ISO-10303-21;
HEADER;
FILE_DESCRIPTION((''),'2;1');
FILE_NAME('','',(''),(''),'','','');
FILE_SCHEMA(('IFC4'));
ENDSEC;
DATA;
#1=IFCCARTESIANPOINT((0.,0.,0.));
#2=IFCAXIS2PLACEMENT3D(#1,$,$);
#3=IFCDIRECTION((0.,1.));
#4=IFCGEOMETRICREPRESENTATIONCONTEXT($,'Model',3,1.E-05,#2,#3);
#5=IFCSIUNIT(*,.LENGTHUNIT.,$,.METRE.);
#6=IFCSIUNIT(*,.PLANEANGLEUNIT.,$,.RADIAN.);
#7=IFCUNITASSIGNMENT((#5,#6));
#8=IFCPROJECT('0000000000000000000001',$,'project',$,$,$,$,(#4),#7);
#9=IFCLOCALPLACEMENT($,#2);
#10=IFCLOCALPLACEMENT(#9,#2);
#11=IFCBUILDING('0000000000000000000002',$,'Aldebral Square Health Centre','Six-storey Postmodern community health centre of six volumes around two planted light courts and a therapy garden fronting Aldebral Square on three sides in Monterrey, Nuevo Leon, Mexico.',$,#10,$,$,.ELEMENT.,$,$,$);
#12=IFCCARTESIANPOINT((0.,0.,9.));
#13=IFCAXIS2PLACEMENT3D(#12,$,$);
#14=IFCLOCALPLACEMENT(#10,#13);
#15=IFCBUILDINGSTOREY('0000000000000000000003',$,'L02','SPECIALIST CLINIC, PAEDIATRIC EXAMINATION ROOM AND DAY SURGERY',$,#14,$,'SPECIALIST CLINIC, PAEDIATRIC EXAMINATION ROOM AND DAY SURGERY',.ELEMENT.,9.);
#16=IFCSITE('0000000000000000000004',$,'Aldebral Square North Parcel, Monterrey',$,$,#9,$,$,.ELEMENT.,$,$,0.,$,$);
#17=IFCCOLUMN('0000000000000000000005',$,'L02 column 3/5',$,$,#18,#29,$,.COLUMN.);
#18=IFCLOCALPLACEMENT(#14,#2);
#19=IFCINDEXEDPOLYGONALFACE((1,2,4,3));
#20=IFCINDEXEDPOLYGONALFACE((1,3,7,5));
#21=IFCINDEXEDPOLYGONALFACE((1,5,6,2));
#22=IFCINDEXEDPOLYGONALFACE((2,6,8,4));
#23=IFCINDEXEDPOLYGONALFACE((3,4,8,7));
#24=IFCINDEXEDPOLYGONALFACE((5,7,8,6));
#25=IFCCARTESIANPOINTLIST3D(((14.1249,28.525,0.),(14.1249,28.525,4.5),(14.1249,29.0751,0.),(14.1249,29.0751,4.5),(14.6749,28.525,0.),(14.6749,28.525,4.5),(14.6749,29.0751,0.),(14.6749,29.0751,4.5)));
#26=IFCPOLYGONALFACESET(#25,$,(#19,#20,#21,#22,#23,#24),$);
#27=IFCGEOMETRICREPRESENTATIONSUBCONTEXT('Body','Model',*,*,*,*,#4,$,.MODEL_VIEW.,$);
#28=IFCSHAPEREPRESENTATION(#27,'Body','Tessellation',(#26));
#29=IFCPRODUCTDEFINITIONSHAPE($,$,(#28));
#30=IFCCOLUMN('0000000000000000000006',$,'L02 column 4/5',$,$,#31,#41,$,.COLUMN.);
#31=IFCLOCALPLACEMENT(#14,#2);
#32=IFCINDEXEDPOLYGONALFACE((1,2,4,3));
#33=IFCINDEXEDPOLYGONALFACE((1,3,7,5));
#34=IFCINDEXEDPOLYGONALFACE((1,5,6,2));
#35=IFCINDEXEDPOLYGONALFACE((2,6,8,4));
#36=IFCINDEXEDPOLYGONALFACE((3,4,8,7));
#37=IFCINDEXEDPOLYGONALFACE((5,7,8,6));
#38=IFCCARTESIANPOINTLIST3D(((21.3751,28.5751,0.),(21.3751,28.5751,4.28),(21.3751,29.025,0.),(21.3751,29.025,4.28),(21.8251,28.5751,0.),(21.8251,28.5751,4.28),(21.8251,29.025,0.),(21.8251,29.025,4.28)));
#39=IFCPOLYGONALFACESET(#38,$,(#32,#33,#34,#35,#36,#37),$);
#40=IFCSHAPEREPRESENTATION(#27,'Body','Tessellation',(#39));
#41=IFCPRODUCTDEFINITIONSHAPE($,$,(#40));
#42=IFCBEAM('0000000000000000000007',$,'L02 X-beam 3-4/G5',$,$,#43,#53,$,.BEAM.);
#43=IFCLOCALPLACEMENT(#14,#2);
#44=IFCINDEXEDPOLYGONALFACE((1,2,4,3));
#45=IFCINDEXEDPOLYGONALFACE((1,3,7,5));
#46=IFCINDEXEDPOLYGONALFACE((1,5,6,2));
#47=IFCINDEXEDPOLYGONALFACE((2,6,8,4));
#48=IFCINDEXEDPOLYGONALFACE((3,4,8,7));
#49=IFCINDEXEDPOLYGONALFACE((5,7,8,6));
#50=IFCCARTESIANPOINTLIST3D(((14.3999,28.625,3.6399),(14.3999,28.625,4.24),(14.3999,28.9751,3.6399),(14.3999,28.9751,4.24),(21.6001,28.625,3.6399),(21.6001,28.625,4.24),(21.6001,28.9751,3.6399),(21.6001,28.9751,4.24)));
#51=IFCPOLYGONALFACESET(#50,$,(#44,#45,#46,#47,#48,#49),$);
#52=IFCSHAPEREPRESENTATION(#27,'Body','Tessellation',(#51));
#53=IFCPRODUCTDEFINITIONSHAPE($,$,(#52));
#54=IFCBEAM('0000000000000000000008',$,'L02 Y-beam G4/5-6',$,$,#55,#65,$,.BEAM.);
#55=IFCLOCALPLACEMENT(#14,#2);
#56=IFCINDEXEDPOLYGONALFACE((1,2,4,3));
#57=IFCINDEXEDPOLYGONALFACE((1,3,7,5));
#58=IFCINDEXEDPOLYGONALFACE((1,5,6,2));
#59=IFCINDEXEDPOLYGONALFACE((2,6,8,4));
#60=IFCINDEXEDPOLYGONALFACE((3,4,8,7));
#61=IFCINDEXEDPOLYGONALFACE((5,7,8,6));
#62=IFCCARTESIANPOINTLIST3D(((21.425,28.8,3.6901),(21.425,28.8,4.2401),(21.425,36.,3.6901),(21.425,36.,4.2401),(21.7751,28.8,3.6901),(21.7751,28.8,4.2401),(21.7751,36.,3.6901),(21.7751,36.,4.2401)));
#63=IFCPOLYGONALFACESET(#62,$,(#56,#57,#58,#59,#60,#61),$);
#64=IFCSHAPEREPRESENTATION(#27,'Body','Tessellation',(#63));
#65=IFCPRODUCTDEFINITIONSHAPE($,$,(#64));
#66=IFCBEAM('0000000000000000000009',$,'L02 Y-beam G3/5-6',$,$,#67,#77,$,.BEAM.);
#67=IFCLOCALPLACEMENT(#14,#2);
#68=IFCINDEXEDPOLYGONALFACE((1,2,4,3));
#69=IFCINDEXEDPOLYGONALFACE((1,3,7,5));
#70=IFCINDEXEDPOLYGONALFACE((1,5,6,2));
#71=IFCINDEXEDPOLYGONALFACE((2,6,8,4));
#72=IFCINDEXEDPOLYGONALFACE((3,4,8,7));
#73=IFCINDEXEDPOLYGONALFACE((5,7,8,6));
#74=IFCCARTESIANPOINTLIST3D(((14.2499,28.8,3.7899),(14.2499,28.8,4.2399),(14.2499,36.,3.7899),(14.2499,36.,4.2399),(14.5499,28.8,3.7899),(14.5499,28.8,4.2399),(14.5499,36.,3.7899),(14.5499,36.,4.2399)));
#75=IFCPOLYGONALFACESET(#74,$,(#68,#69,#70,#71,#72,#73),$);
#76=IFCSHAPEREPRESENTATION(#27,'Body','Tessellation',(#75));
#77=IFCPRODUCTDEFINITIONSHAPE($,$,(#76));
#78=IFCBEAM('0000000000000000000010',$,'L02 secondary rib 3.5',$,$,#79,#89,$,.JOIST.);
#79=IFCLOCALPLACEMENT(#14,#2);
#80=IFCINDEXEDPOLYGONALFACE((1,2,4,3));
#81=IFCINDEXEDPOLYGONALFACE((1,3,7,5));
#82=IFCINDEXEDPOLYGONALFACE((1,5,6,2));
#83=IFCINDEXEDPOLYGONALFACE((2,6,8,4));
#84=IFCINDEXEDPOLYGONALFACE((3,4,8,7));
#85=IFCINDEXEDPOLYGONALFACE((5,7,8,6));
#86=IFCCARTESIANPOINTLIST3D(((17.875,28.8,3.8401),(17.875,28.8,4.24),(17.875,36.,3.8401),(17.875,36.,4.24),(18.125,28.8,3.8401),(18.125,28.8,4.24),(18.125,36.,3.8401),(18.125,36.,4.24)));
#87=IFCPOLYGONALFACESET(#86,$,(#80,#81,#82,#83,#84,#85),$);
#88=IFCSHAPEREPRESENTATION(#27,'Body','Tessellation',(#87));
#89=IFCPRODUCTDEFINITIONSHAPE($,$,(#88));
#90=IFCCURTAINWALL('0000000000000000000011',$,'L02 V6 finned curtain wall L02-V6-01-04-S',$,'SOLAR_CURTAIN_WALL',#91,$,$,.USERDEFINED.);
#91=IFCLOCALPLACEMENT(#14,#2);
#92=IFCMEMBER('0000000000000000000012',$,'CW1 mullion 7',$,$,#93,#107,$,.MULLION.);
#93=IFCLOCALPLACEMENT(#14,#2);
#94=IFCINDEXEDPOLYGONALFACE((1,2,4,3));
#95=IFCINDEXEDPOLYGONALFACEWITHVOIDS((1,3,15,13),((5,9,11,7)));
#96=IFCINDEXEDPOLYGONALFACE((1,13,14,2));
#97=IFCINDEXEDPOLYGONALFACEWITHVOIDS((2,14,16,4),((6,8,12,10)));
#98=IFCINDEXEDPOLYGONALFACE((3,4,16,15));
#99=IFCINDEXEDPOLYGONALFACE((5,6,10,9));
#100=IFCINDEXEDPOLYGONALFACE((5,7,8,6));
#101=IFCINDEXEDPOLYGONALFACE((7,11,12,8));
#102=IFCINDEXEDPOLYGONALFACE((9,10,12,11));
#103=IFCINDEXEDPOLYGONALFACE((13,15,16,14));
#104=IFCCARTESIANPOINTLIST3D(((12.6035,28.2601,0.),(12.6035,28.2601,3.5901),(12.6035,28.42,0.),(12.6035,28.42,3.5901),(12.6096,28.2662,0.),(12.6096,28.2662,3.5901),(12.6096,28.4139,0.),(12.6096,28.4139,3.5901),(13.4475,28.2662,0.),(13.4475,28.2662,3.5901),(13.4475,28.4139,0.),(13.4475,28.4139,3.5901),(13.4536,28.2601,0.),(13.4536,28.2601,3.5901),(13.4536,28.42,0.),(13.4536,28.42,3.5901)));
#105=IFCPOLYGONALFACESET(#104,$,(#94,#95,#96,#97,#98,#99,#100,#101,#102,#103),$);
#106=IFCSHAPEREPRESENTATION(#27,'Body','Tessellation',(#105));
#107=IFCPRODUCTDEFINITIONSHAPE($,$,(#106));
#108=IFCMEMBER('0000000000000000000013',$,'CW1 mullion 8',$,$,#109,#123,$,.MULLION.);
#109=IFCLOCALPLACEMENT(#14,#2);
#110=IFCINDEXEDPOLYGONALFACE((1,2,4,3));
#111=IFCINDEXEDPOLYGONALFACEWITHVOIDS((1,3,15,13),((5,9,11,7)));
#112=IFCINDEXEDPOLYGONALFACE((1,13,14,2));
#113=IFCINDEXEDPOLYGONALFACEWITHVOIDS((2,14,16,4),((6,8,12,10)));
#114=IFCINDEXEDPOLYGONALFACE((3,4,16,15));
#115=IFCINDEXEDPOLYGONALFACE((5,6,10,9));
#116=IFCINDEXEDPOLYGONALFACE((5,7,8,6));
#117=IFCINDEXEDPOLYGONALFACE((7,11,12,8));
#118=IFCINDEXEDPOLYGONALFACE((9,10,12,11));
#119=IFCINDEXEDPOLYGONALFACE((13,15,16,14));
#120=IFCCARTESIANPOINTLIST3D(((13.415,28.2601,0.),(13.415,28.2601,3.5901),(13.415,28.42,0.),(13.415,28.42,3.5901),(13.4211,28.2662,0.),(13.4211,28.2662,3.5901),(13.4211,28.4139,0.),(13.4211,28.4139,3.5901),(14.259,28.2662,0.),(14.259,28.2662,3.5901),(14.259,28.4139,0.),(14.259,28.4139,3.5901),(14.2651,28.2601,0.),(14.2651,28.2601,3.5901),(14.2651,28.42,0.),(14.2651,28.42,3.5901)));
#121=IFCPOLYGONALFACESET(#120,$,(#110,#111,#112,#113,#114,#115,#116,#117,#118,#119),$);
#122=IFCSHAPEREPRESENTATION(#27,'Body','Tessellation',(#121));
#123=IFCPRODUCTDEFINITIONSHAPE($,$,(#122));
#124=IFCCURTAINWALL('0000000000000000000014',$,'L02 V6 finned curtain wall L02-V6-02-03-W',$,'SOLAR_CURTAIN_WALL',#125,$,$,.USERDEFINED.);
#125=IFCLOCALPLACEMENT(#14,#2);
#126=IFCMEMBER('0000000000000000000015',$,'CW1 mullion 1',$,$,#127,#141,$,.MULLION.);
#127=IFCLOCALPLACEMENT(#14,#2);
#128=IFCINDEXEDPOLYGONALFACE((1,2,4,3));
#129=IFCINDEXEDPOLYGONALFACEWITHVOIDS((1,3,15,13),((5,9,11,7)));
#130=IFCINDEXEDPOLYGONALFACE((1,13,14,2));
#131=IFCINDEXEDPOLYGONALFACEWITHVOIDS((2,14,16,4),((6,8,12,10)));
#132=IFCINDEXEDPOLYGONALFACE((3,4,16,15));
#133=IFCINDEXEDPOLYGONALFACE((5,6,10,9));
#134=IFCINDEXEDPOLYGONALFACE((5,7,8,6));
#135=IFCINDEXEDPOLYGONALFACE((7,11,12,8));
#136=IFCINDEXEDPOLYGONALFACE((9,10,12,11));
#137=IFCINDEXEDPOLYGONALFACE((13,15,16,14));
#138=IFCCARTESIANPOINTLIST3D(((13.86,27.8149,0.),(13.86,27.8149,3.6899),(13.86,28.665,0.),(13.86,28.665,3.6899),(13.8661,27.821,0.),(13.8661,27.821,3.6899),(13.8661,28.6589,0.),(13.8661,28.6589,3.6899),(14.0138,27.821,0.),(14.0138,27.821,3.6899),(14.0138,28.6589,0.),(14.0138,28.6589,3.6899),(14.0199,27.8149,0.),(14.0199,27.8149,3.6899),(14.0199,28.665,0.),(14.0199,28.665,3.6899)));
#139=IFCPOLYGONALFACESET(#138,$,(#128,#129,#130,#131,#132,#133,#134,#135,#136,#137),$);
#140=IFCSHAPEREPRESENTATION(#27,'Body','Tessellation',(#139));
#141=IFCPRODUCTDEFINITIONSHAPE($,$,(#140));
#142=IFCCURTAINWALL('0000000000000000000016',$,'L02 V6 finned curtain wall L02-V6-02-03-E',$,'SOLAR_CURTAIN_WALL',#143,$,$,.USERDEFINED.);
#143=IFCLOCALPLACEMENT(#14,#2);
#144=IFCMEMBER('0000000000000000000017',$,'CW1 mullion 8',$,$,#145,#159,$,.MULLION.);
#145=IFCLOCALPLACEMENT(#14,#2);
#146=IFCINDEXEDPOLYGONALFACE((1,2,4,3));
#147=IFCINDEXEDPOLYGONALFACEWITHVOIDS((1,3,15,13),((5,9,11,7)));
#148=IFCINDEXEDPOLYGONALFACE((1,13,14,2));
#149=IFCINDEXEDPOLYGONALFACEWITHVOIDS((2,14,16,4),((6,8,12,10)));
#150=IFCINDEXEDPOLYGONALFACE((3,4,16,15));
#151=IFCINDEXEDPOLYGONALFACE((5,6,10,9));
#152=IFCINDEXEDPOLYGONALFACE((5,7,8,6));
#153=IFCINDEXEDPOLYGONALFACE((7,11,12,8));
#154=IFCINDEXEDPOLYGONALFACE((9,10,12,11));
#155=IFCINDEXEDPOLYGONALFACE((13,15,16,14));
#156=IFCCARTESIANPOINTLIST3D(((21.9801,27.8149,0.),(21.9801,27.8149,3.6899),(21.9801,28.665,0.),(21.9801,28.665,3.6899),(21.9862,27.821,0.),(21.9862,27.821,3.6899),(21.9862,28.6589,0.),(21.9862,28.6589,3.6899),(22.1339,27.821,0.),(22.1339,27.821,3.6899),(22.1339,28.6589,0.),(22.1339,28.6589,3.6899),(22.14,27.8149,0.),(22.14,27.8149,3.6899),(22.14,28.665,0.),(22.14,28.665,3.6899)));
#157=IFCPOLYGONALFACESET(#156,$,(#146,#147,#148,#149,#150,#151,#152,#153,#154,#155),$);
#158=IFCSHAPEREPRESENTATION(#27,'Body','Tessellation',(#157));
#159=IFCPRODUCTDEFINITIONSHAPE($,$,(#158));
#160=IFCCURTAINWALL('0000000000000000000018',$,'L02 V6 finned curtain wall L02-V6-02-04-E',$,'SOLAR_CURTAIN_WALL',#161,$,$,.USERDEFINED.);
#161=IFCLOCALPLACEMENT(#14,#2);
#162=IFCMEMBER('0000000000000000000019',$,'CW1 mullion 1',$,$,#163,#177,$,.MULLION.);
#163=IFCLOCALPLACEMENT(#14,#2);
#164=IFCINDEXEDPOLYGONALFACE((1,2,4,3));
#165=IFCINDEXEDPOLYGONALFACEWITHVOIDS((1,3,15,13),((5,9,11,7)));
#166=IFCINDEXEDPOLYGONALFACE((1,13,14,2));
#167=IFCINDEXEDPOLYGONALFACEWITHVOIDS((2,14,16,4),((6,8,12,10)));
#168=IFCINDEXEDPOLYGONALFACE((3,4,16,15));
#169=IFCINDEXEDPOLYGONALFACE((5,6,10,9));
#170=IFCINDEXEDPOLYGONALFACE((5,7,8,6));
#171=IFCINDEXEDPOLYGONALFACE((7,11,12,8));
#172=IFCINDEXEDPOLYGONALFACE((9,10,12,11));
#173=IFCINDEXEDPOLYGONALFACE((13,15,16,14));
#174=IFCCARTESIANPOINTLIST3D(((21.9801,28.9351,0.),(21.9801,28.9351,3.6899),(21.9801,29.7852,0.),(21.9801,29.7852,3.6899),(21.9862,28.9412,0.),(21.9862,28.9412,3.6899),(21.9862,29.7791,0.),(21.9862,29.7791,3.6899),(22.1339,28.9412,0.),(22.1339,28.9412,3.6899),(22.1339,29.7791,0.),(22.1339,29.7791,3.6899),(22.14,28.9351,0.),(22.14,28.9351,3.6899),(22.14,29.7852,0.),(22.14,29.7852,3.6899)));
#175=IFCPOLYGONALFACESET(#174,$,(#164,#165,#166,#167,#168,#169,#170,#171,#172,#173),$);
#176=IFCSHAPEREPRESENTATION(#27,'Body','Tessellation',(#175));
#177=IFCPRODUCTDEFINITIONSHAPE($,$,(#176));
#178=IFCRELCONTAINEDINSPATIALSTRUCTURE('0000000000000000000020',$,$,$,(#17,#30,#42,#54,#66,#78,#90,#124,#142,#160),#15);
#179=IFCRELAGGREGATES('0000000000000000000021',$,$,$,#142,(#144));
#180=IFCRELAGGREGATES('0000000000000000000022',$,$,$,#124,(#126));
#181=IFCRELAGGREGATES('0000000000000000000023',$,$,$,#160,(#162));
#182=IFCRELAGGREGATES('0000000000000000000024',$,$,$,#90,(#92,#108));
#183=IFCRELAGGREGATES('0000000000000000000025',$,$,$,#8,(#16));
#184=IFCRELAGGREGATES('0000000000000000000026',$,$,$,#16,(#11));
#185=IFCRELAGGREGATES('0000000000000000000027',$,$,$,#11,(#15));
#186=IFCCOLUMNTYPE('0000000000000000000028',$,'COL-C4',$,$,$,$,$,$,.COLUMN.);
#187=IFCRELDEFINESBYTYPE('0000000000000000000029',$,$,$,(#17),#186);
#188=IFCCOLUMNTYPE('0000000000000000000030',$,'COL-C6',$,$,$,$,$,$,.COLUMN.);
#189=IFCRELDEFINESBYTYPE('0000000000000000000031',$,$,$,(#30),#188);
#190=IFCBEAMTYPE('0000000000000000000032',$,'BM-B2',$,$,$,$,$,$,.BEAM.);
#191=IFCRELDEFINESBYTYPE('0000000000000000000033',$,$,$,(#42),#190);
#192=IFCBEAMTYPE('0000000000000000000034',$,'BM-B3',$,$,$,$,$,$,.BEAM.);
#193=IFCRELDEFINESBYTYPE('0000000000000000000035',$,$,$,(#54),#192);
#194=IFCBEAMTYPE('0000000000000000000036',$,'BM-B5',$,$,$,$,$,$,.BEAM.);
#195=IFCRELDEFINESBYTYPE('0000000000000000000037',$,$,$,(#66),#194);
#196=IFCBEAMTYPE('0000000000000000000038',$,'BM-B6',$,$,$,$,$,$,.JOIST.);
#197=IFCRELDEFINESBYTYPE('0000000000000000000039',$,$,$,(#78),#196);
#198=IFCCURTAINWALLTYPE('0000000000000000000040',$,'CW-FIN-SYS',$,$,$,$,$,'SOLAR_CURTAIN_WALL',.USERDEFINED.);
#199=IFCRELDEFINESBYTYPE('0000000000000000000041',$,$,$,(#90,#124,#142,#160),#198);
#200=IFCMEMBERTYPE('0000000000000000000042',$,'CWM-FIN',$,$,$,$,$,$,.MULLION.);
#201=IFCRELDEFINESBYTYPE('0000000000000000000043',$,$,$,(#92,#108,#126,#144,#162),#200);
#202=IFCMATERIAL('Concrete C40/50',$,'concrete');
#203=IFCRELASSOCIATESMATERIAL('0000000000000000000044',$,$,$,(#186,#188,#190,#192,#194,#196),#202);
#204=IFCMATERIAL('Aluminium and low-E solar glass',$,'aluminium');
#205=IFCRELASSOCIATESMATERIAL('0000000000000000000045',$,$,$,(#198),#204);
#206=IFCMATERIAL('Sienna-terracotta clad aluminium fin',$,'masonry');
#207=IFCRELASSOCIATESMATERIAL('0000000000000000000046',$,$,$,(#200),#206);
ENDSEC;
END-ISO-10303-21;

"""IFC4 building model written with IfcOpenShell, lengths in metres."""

from ifc_helpers import new_model, si_unit, direction, frame, origin, origin_2d, place, context, subcontext, project, spatial, rectangle, hollow_rectangle, extrude, material, material_profile, profile_set, type_object, element, aggregate, save


model = new_model("IFC4")

# Units and contexts
model_context = context("Model", 3, precision=1e-05, world=origin(), true_north=direction((0.0, 1.0)))
body_context = subcontext(model_context, "Body", "Model", "MODEL_VIEW")
ifc_project = project(units=[si_unit("LENGTHUNIT", "METRE"), si_unit("PLANEANGLEUNIT", "RADIAN")], contexts=[model_context])

# Site, building, storey
site_placement = place(None, origin())
site = spatial("IfcSite", under=ifc_project, at=site_placement, Name="Aldebral Square North Parcel, Monterrey", CompositionType="ELEMENT", RefElevation=0.0)
building_placement = place(site_placement, origin())
building = spatial("IfcBuilding", under=site, at=building_placement, Name="Aldebral Square Health Centre", Description="Six-storey Postmodern community health centre of six volumes around two planted light courts and a therapy garden fronting Aldebral Square on three sides in Monterrey, Nuevo Leon, Mexico.", CompositionType="ELEMENT")
storey_placement = place(building_placement, frame((0.0, 0.0, 9.0)))
storey = spatial("IfcBuildingStorey", under=building, at=storey_placement, Name="L02", Description="SPECIALIST CLINIC, PAEDIATRIC EXAMINATION ROOM AND DAY SURGERY", LongName="SPECIALIST CLINIC, PAEDIATRIC EXAMINATION ROOM AND DAY SURGERY", CompositionType="ELEMENT", Elevation=9.0)

# Columns
ifc_material_1 = material(Name="Concrete C40/50", Category="concrete")
ifc_material_profile_1 = material_profile(ifc_material_1, rectangle(XDim=0.55, YDim=0.55, at=origin_2d()), Name="RC 550x550")
ifc_profile_set_1 = profile_set([ifc_material_profile_1], Name="Concrete C40/50")
column_type_1 = type_object("IfcColumnType", Name="COL-C4", PredefinedType="COLUMN", material=ifc_profile_set_1)
column_1_placement = place(storey_placement, frame((14.3999, 28.8, 0.0), z_axis=(0.0, 0.0, 1.0), x_axis=(1.0, 0.0, 0.0)))
element("IfcColumn", 1, at=column_1_placement, inside=storey, type_object=column_type_1, Name="L02 column 3/5", PredefinedType="COLUMN", context=body_context, shape_type="SweptSolid", body=[
    extrude(rectangle(XDim=0.55, YDim=0.55, at=origin_2d()), origin(), (0.0, 0.0, 1.0), 4.5),
])
ifc_material_profile_2 = material_profile(ifc_material_1, rectangle(XDim=0.45, YDim=0.45, at=origin_2d()), Name="RC 450x450")
ifc_profile_set_2 = profile_set([ifc_material_profile_2], Name="Concrete C40/50")
column_type_2 = type_object("IfcColumnType", Name="COL-C6", PredefinedType="COLUMN", material=ifc_profile_set_2)
column_2_placement = place(storey_placement, frame((21.6001, 28.8, 0.0), z_axis=(0.0, 0.0, 1.0), x_axis=(1.0, 0.0, 0.0)))
element("IfcColumn", 2, at=column_2_placement, inside=storey, type_object=column_type_2, Name="L02 column 4/5", PredefinedType="COLUMN", context=body_context, shape_type="SweptSolid", body=[
    extrude(rectangle(XDim=0.45, YDim=0.45, at=origin_2d()), origin(), (0.0, 0.0, 1.0), 4.28),
])

# Beams
ifc_material_profile_3 = material_profile(ifc_material_1, rectangle(XDim=0.3501, YDim=0.6001, at=origin_2d()), Name="RC 350x600")
ifc_profile_set_3 = profile_set([ifc_material_profile_3], Name="Concrete C40/50")
beam_type_1 = type_object("IfcBeamType", Name="BM-B2", PredefinedType="BEAM", material=ifc_profile_set_3)
beam_1_placement = place(storey_placement, frame((14.3999, 28.8, 3.9399), z_axis=(1.0, 0.0, 0.0), x_axis=(0.0, 1.0, 0.0)))
element("IfcBeam", 3, at=beam_1_placement, inside=storey, type_object=beam_type_1, Name="L02 X-beam 3-4/G5", PredefinedType="BEAM", context=body_context, shape_type="SweptSolid", body=[
    extrude(rectangle(XDim=0.3501, YDim=0.6001, at=origin_2d()), origin(), (0.0, 0.0, 1.0), 7.2002),
])
ifc_material_profile_4 = material_profile(ifc_material_1, rectangle(XDim=0.3501, YDim=0.55, at=origin_2d()), Name="RC 350x550")
ifc_profile_set_4 = profile_set([ifc_material_profile_4], Name="Concrete C40/50")
beam_type_2 = type_object("IfcBeamType", Name="BM-B3", PredefinedType="BEAM", material=ifc_profile_set_4)
beam_2_placement = place(storey_placement, frame((21.6001, 28.8, 3.9651), z_axis=(0.0, 1.0, 0.0), x_axis=(-1.0, 0.0, 0.0)))
element("IfcBeam", 4, at=beam_2_placement, inside=storey, type_object=beam_type_2, Name="L02 Y-beam G4/5-6", PredefinedType="BEAM", context=body_context, shape_type="SweptSolid", body=[
    extrude(rectangle(XDim=0.3501, YDim=0.55, at=origin_2d()), origin(), (0.0, 0.0, 1.0), 7.2),
])
ifc_material_profile_5 = material_profile(ifc_material_1, rectangle(XDim=0.3, YDim=0.45, at=origin_2d()), Name="RC 300x450")
ifc_profile_set_5 = profile_set([ifc_material_profile_5], Name="Concrete C40/50")
beam_type_3 = type_object("IfcBeamType", Name="BM-B5", PredefinedType="BEAM", material=ifc_profile_set_5)
beam_3_placement = place(storey_placement, frame((14.3999, 28.8, 4.0149), z_axis=(0.0, 1.0, 0.0), x_axis=(-1.0, 0.0, 0.0)))
element("IfcBeam", 5, at=beam_3_placement, inside=storey, type_object=beam_type_3, Name="L02 Y-beam G3/5-6", PredefinedType="BEAM", context=body_context, shape_type="SweptSolid", body=[
    extrude(rectangle(XDim=0.3, YDim=0.45, at=origin_2d()), origin(), (0.0, 0.0, 1.0), 7.2),
])
ifc_material_profile_6 = material_profile(ifc_material_1, rectangle(XDim=0.25, YDim=0.3999, at=origin_2d()), Name="RC 250x400")
ifc_profile_set_6 = profile_set([ifc_material_profile_6], Name="Concrete C40/50")
beam_type_4 = type_object("IfcBeamType", Name="BM-B6", PredefinedType="JOIST", material=ifc_profile_set_6)
beam_4_placement = place(storey_placement, frame((18.0, 28.8, 4.04), z_axis=(0.0, 1.0, 0.0), x_axis=(-1.0, 0.0, 0.0)))
element("IfcBeam", 6, at=beam_4_placement, inside=storey, type_object=beam_type_4, Name="L02 secondary rib 3.5", PredefinedType="JOIST", context=body_context, shape_type="SweptSolid", body=[
    extrude(rectangle(XDim=0.25, YDim=0.3999, at=origin_2d()), origin(), (0.0, 0.0, 1.0), 7.2),
])

# Curtain wall, members
ifc_material_2 = material(Name="Aluminium and low-E solar glass", Category="aluminium")
curtain_wall_type = type_object("IfcCurtainWallType", Name="CW-FIN-SYS", ElementType="SOLAR_CURTAIN_WALL", PredefinedType="USERDEFINED", material=ifc_material_2)
curtain_wall_1_placement = place(storey_placement, origin())
curtain_wall_1 = element("IfcCurtainWall", 7, at=curtain_wall_1_placement, inside=storey, type_object=curtain_wall_type, Name="L02 V6 finned curtain wall L02-V6-01-04-S", ObjectType="SOLAR_CURTAIN_WALL", PredefinedType="USERDEFINED")
ifc_material_3 = material(Name="Sienna-terracotta clad aluminium fin", Category="masonry")
ifc_material_profile_7 = material_profile(ifc_material_3, hollow_rectangle(XDim=0.1599, YDim=0.8501, WallThickness=0.0061, at=origin_2d()), Name="FIN 160x850x6")
ifc_profile_set_7 = profile_set([ifc_material_profile_7], Name="Sienna-terracotta clad aluminium fin")
member_type_1 = type_object("IfcMemberType", Name="CWM-FIN", PredefinedType="MULLION", material=ifc_profile_set_7)
member_1_placement = place(storey_placement, frame((13.0286, 28.3401, 0.0), z_axis=(0.0, 0.0, 1.0), x_axis=(0.0, 1.0, 0.0)))
member_1 = element("IfcMember", 8, at=member_1_placement, type_object=member_type_1, Name="CW1 mullion 7", PredefinedType="MULLION", context=body_context, shape_type="SweptSolid", body=[
    extrude(hollow_rectangle(XDim=0.1599, YDim=0.8501, WallThickness=0.0061, at=origin_2d()), origin(), (0.0, 0.0, 1.0), 3.5901),
])
member_2_placement = place(storey_placement, frame((13.8401, 28.3401, 0.0), z_axis=(0.0, 0.0, 1.0), x_axis=(0.0, 1.0, 0.0)))
member_2 = element("IfcMember", 9, at=member_2_placement, type_object=member_type_1, Name="CW1 mullion 8", PredefinedType="MULLION", context=body_context, shape_type="SweptSolid", body=[
    extrude(hollow_rectangle(XDim=0.1599, YDim=0.8501, WallThickness=0.0061, at=origin_2d()), origin(), (0.0, 0.0, 1.0), 3.5901),
])

# Curtain walls, members
curtain_wall_2_placement = place(storey_placement, origin())
curtain_wall_2 = element("IfcCurtainWall", 10, at=curtain_wall_2_placement, inside=storey, type_object=curtain_wall_type, Name="L02 V6 finned curtain wall L02-V6-02-03-W", ObjectType="SOLAR_CURTAIN_WALL", PredefinedType="USERDEFINED")
member_3_placement = place(storey_placement, frame((13.9399, 28.24, 0.0), z_axis=(0.0, 0.0, 1.0), x_axis=(1.0, 0.0, 0.0)))
member_3 = element("IfcMember", 11, at=member_3_placement, type_object=member_type_1, Name="CW1 mullion 1", PredefinedType="MULLION", context=body_context, shape_type="SweptSolid", body=[
    extrude(hollow_rectangle(XDim=0.1599, YDim=0.8501, WallThickness=0.0061, at=origin_2d()), origin(), (0.0, 0.0, 1.0), 3.6899),
])
curtain_wall_3_placement = place(storey_placement, origin())
curtain_wall_3 = element("IfcCurtainWall", 12, at=curtain_wall_3_placement, inside=storey, type_object=curtain_wall_type, Name="L02 V6 finned curtain wall L02-V6-02-03-E", ObjectType="SOLAR_CURTAIN_WALL", PredefinedType="USERDEFINED")
member_4_placement = place(storey_placement, frame((22.0601, 28.24, 0.0), z_axis=(0.0, 0.0, 1.0), x_axis=(-1.0, 0.0, 0.0)))
member_4 = element("IfcMember", 13, at=member_4_placement, type_object=member_type_1, Name="CW1 mullion 8", PredefinedType="MULLION", context=body_context, shape_type="SweptSolid", body=[
    extrude(hollow_rectangle(XDim=0.1599, YDim=0.8501, WallThickness=0.0061, at=origin_2d()), origin(), (0.0, 0.0, 1.0), 3.6899),
])
aggregate(curtain_wall_3, [member_4])
curtain_wall_4_placement = place(storey_placement, origin())
curtain_wall_4 = element("IfcCurtainWall", 14, at=curtain_wall_4_placement, inside=storey, type_object=curtain_wall_type, Name="L02 V6 finned curtain wall L02-V6-02-04-E", ObjectType="SOLAR_CURTAIN_WALL", PredefinedType="USERDEFINED")
member_5_placement = place(storey_placement, frame((22.0601, 29.3601, 0.0), z_axis=(0.0, 0.0, 1.0), x_axis=(-1.0, 0.0, 0.0)))
member_5 = element("IfcMember", 15, at=member_5_placement, type_object=member_type_1, Name="CW1 mullion 1", PredefinedType="MULLION", context=body_context, shape_type="SweptSolid", body=[
    extrude(hollow_rectangle(XDim=0.1599, YDim=0.8501, WallThickness=0.0061, at=origin_2d()), origin(), (0.0, 0.0, 1.0), 3.6899),
])

aggregate(curtain_wall_2, [member_3])
aggregate(curtain_wall_4, [member_5])

aggregate(curtain_wall_1, [member_1, member_2])

save(model, "model.ifc")
